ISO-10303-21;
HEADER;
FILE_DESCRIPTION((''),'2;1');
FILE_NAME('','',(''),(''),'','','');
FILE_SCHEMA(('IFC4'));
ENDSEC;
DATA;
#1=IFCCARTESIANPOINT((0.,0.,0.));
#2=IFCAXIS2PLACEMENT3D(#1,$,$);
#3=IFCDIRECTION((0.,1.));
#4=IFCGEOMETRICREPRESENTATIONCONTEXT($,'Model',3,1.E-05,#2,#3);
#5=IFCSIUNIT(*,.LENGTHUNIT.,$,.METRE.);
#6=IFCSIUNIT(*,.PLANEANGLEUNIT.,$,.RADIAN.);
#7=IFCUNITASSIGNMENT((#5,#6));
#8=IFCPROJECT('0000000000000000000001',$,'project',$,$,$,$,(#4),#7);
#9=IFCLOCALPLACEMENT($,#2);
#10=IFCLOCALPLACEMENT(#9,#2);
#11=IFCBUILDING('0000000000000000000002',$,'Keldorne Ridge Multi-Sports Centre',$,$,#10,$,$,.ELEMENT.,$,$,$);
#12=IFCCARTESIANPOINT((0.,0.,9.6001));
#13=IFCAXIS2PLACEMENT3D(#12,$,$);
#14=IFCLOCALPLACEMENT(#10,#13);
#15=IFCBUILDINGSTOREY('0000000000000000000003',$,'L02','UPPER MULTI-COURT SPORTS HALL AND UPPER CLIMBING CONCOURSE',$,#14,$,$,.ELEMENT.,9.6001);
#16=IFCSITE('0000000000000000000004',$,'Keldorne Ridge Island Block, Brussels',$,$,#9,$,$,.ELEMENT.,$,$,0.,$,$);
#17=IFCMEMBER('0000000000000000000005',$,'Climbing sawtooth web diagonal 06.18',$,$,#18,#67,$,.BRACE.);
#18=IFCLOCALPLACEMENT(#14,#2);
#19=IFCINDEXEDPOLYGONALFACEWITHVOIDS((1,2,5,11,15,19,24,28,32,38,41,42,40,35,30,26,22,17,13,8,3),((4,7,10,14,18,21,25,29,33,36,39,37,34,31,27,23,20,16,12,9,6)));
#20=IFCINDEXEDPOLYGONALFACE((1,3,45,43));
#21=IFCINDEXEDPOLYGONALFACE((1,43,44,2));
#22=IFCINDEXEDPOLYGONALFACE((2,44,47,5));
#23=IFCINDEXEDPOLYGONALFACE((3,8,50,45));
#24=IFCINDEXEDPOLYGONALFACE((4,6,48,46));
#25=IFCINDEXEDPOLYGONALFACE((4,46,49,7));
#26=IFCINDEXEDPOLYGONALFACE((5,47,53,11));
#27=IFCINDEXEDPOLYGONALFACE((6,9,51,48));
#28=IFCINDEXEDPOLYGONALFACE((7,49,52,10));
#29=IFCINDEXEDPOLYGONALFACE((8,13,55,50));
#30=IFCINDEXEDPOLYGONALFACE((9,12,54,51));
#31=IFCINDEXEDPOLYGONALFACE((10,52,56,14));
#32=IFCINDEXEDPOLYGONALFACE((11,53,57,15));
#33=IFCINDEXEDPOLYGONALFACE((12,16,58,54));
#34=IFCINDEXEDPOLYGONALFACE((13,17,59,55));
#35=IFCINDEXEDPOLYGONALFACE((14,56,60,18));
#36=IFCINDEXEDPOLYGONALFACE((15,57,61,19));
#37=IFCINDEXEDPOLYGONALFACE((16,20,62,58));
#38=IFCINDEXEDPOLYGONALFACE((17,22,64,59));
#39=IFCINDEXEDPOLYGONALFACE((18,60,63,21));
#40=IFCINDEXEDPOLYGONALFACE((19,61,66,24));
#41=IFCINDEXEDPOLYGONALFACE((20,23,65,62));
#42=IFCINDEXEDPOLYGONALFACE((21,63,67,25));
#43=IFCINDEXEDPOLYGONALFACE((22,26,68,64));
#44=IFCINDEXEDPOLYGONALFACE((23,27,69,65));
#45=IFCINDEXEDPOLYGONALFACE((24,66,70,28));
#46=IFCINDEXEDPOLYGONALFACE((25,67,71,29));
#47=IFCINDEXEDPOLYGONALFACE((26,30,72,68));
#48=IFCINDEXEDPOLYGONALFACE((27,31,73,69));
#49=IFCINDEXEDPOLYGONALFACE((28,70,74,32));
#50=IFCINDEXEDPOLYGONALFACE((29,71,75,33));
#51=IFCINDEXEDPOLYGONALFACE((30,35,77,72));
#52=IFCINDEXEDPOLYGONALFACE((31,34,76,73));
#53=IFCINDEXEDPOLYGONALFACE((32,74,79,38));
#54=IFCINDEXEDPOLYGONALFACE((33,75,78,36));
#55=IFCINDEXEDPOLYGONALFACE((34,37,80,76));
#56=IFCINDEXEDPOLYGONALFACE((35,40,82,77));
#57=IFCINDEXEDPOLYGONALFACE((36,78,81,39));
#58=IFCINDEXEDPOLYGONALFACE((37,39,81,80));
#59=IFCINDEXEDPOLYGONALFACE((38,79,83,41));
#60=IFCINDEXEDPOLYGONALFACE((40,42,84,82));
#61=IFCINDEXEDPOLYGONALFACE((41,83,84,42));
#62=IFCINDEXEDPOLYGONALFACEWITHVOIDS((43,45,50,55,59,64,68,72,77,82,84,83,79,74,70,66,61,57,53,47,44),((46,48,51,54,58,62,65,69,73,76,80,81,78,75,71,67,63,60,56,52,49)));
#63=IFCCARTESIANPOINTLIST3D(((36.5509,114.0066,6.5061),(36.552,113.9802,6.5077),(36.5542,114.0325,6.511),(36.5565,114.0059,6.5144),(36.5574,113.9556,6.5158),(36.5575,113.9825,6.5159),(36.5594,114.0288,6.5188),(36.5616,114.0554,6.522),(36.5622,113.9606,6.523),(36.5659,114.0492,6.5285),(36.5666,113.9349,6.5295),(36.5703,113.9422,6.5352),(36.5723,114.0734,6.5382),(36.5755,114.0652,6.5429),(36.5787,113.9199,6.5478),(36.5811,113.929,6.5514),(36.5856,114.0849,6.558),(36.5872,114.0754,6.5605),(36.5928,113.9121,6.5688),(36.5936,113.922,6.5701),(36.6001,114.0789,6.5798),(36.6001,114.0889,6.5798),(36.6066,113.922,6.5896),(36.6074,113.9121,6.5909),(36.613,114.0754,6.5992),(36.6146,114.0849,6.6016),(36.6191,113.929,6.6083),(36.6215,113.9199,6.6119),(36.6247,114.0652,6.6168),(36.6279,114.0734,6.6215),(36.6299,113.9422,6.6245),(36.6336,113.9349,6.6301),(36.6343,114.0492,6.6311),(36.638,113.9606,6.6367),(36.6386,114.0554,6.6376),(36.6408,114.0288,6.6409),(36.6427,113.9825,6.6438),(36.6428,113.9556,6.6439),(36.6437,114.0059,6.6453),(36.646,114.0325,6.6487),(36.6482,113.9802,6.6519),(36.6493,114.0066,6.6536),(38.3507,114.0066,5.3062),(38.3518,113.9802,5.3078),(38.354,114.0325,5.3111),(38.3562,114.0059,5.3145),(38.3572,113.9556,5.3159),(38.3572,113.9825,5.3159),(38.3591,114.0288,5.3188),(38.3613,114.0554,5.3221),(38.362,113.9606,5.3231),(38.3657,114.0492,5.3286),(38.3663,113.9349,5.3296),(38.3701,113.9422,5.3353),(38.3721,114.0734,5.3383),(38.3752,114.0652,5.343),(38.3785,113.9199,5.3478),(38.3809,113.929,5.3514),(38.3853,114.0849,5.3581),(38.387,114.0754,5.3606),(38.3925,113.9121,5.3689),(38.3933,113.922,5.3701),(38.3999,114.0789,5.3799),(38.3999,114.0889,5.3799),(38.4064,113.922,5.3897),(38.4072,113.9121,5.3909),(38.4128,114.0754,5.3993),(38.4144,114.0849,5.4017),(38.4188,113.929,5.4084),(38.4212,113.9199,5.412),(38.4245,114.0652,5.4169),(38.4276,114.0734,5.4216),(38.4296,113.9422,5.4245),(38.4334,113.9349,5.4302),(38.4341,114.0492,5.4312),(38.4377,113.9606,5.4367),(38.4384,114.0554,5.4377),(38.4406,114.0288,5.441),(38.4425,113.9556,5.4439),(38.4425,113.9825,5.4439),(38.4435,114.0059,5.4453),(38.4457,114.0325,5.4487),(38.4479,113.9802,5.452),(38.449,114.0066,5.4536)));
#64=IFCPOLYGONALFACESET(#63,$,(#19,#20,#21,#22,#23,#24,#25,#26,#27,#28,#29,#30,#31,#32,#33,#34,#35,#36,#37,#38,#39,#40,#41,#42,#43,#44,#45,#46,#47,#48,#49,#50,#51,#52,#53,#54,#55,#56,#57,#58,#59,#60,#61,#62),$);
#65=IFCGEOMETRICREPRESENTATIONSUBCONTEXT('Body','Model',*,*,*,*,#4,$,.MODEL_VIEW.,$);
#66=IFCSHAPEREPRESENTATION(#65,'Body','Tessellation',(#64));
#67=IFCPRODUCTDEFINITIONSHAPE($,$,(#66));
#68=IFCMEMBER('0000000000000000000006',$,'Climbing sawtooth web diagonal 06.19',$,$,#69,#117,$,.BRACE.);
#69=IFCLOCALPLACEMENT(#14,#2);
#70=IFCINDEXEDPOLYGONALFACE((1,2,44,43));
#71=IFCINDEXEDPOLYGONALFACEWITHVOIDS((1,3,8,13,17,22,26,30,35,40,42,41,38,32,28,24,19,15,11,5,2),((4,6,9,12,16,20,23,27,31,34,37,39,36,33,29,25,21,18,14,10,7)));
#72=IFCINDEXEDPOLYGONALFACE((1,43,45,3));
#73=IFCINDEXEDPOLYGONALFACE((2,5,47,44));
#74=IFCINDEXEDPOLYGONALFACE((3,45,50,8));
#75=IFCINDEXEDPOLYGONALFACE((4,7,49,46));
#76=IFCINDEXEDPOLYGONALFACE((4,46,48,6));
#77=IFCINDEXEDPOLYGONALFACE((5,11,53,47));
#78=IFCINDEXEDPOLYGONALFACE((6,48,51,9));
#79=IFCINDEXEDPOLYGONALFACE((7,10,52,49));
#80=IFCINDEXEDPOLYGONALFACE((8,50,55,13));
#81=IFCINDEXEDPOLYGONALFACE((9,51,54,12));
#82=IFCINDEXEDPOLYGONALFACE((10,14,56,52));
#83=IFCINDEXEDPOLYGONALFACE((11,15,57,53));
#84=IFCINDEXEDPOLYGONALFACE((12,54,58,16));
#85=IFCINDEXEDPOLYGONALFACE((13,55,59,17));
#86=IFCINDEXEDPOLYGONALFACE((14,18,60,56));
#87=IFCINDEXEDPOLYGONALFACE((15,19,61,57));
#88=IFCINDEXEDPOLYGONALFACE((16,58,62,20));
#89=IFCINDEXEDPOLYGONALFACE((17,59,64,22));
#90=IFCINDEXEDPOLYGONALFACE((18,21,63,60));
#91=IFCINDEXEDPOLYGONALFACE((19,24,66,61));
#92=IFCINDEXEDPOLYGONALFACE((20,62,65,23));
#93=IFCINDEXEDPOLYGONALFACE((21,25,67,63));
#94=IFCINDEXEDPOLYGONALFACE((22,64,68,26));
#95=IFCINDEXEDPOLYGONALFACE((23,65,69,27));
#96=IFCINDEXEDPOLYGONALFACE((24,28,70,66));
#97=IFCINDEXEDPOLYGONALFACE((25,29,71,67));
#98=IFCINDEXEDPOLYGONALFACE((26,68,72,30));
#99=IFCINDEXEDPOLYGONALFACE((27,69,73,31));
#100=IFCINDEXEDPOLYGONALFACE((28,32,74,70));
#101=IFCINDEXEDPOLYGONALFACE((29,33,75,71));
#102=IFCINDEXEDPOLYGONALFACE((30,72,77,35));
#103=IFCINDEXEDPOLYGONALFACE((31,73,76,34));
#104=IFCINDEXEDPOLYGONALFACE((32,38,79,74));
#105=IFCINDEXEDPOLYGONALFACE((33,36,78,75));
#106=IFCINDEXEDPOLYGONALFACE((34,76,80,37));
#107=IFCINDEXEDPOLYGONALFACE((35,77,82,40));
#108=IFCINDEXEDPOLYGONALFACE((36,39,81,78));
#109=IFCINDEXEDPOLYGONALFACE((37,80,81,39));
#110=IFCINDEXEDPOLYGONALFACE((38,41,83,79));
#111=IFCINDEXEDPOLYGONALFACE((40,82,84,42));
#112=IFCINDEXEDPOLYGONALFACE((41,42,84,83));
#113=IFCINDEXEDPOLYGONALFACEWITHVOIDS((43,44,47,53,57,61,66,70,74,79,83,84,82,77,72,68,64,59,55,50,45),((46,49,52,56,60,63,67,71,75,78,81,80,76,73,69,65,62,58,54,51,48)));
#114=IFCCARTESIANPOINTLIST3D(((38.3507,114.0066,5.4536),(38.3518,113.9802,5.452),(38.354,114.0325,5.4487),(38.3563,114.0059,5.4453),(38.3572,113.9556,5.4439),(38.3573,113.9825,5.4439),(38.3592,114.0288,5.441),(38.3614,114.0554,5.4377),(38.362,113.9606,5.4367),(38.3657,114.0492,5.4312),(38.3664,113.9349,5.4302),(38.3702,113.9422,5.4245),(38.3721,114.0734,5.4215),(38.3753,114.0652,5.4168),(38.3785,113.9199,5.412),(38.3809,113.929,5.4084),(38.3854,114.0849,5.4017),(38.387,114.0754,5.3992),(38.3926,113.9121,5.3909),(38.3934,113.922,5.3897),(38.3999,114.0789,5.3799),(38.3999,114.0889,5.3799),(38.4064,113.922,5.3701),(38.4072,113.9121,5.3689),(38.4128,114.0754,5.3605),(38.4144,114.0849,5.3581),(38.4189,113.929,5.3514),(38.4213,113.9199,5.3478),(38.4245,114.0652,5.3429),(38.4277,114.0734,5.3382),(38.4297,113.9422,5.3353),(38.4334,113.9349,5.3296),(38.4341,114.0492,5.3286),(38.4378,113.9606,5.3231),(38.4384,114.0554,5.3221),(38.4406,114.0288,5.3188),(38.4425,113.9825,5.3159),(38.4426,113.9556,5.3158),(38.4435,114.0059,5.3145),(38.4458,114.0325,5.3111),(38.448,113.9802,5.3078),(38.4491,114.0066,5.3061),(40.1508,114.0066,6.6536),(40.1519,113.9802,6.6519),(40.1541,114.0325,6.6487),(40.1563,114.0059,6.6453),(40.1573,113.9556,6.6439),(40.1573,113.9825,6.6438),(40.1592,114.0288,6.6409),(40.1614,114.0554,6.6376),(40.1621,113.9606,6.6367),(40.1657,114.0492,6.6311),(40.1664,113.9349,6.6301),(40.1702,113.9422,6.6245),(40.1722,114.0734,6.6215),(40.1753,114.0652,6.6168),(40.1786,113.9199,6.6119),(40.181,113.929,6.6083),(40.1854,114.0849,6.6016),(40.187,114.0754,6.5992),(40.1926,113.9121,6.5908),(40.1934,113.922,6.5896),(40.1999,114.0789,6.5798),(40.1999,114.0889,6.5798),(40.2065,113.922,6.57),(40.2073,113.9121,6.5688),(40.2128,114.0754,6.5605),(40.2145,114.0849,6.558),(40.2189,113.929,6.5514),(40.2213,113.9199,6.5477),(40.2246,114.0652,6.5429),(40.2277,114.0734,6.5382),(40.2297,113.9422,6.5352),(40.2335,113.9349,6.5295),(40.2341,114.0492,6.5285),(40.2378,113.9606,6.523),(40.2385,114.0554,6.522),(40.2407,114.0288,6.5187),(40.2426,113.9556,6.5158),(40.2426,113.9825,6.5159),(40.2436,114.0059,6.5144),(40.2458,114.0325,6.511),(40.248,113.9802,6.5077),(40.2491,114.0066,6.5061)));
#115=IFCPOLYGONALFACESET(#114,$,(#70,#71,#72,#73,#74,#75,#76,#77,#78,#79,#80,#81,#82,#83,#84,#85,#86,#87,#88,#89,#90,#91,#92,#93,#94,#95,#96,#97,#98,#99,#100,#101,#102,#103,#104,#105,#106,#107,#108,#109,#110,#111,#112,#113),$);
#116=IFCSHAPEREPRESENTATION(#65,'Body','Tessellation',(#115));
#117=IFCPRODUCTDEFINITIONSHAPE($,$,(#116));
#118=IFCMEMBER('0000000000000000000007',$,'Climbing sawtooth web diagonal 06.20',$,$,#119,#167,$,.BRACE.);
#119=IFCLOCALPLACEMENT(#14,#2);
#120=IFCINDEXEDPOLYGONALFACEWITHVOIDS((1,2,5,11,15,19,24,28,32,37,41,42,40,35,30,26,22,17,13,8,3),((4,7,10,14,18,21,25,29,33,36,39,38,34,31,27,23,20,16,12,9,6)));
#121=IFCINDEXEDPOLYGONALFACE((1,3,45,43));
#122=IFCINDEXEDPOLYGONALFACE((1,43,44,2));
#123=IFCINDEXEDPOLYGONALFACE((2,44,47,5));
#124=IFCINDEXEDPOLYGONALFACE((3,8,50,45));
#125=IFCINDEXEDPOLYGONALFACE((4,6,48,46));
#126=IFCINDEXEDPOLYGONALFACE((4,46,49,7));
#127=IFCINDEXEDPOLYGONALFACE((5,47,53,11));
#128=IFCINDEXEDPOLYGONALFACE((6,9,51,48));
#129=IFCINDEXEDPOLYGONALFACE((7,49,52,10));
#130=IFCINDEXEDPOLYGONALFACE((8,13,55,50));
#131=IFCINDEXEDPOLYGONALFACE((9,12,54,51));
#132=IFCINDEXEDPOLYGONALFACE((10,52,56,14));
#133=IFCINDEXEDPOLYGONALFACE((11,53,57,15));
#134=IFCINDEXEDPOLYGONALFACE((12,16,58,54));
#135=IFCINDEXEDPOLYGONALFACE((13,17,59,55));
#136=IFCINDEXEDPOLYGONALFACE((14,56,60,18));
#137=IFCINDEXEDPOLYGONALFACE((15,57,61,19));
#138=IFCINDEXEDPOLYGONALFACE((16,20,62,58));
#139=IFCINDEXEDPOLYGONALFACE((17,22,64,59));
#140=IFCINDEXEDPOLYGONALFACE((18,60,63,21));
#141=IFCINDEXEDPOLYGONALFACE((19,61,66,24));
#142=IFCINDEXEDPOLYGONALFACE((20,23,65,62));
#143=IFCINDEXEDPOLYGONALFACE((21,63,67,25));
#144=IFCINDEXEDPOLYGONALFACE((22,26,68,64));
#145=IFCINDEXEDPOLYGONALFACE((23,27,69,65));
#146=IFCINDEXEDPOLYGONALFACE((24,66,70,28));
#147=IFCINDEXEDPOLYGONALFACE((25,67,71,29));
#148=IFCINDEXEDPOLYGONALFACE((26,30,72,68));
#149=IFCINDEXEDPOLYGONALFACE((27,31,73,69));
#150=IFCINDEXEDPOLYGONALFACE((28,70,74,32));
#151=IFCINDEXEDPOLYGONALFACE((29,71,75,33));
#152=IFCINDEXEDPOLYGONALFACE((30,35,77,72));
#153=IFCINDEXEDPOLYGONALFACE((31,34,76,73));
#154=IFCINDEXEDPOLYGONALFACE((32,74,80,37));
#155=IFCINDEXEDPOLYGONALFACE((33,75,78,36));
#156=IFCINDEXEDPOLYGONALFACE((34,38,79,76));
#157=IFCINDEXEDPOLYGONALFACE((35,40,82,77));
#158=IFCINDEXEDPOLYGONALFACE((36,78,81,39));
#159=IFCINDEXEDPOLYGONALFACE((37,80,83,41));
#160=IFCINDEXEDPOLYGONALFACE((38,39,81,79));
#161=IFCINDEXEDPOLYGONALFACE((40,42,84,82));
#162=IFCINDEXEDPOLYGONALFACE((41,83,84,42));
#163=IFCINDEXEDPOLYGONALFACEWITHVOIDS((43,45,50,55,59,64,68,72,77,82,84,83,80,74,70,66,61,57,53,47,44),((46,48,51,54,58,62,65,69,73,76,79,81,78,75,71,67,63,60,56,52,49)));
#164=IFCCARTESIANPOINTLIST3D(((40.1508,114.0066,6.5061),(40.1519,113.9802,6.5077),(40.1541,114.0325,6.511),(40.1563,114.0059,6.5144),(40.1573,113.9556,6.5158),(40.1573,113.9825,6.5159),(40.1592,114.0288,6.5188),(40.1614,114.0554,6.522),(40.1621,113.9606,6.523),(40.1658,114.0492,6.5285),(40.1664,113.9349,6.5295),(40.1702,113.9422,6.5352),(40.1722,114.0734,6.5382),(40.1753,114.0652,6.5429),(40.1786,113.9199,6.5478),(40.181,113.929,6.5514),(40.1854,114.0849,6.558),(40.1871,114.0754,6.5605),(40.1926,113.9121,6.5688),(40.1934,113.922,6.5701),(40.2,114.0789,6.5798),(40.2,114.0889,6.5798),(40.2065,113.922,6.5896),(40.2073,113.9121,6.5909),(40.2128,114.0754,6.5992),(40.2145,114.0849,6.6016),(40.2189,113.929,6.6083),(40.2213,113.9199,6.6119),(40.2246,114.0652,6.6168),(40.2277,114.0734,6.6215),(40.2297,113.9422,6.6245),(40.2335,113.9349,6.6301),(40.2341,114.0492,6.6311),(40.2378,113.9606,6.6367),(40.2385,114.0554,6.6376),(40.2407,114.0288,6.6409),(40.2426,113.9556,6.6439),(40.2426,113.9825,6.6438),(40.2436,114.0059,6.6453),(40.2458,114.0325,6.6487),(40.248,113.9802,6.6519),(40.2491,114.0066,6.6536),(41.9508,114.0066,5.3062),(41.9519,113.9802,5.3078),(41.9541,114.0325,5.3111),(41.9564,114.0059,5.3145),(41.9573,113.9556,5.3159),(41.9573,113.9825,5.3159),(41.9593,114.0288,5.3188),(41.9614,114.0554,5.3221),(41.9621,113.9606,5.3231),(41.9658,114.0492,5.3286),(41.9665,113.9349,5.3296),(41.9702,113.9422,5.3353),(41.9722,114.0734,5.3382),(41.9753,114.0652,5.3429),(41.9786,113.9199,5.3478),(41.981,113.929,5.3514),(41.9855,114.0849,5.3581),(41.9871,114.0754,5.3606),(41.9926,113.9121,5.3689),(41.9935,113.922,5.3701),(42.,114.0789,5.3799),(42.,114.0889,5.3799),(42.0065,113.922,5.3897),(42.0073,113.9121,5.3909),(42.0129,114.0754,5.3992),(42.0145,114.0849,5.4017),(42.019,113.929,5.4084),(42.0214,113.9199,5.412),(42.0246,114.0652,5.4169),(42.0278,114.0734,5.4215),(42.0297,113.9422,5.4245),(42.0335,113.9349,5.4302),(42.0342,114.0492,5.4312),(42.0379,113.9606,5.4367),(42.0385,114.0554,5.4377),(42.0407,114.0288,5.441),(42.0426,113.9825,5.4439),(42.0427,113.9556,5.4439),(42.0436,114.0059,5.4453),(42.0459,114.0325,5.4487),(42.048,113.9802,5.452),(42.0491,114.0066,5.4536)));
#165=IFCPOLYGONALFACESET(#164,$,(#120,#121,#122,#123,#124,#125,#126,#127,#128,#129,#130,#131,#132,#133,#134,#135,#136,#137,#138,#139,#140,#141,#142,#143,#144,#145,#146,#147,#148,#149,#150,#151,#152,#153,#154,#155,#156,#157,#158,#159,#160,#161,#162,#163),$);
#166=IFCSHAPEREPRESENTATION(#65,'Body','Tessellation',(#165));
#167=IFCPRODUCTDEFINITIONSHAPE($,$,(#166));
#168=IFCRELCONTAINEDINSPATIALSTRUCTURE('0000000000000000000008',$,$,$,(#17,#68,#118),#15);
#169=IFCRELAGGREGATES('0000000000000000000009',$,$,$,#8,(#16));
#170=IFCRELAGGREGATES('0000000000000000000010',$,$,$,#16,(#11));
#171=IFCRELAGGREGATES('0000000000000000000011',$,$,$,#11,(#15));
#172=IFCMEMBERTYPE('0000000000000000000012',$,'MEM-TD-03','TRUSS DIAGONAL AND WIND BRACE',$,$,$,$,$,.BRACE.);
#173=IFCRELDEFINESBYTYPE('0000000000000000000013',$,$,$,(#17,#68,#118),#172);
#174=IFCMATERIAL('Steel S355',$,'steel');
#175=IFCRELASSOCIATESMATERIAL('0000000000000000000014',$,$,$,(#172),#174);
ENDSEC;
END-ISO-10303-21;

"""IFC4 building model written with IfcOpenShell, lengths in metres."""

from ifc_helpers import new_model, si_unit, direction, frame, origin, origin_2d, place, context, subcontext, project, spatial, hollow_circle, extrude, material, material_profile, profile_set, type_object, element, save


model = new_model("IFC4")

# Units and contexts
model_context = context("Model", 3, precision=1e-05, world=origin(), true_north=direction((0.0, 1.0)))
body_context = subcontext(model_context, "Body", "Model", "MODEL_VIEW")
ifc_project = project(units=[si_unit("LENGTHUNIT", "METRE"), si_unit("PLANEANGLEUNIT", "RADIAN")], contexts=[model_context])

# Site, building, storey
site_placement = place(None, origin())
site = spatial("IfcSite", under=ifc_project, at=site_placement, Name="Keldorne Ridge Island Block, Brussels", CompositionType="ELEMENT", RefElevation=0.0)
building_placement = place(site_placement, origin())
building = spatial("IfcBuilding", under=site, at=building_placement, Name="Keldorne Ridge Multi-Sports Centre", CompositionType="ELEMENT")
storey_placement = place(building_placement, frame((0.0, 0.0, 9.6001)))
storey = spatial("IfcBuildingStorey", under=building, at=storey_placement, Name="L02", Description="UPPER MULTI-COURT SPORTS HALL AND UPPER CLIMBING CONCOURSE", CompositionType="ELEMENT", Elevation=9.6001)

# Members
ifc_material_1 = material(Name="Steel S355", Category="steel")
ifc_material_profile_1 = material_profile(ifc_material_1, hollow_circle(Radius=0.0889, WallThickness=0.01, at=origin_2d()), Name="CHS 177.8x10")
ifc_profile_set_1 = profile_set([ifc_material_profile_1], Name="Steel S355")
member_type_1 = type_object("IfcMemberType", Name="MEM-TD-03", Description="TRUSS DIAGONAL AND WIND BRACE", PredefinedType="BRACE", material=ifc_profile_set_1)
member_1_placement = place(storey_placement, frame((36.6001, 114.0, 6.5798), z_axis=(0.832033, 0.0, -0.554726), x_axis=(0.0, 1.0, 0.0)))
element("IfcMember", 1, at=member_1_placement, inside=storey, type_object=member_type_1, Name="Climbing sawtooth web diagonal 06.18", PredefinedType="BRACE", context=body_context, shape_type="SweptSolid", body=[
    extrude(hollow_circle(Radius=0.0889, WallThickness=0.01, at=origin_2d()), origin(), (0.0, 0.0, 1.0), 2.1631),
])
for number, where, z_axis, x_axis, name in (
    (2, (38.3999, 114.0, 5.3799), (0.832068, 0.0, 0.554674), (0.0, 1.0, 0.0), "Climbing sawtooth web diagonal 06.19"),
    (3, (40.2, 114.0, 6.5798), (0.832068, 0.0, -0.554674), (0.0, 1.0, 0.0), "Climbing sawtooth web diagonal 06.20"),
):
    element("IfcMember", number, at=place(storey_placement, frame(where, z_axis=z_axis, x_axis=x_axis)), inside=storey, type_object=member_type_1, Name=name, PredefinedType="BRACE", context=body_context, shape_type="SweptSolid", body=[
        extrude(hollow_circle(Radius=0.0889, WallThickness=0.01, at=origin_2d()), origin(), (0.0, 0.0, 1.0), 2.1633),
    ])

save(model, "model.ifc")
